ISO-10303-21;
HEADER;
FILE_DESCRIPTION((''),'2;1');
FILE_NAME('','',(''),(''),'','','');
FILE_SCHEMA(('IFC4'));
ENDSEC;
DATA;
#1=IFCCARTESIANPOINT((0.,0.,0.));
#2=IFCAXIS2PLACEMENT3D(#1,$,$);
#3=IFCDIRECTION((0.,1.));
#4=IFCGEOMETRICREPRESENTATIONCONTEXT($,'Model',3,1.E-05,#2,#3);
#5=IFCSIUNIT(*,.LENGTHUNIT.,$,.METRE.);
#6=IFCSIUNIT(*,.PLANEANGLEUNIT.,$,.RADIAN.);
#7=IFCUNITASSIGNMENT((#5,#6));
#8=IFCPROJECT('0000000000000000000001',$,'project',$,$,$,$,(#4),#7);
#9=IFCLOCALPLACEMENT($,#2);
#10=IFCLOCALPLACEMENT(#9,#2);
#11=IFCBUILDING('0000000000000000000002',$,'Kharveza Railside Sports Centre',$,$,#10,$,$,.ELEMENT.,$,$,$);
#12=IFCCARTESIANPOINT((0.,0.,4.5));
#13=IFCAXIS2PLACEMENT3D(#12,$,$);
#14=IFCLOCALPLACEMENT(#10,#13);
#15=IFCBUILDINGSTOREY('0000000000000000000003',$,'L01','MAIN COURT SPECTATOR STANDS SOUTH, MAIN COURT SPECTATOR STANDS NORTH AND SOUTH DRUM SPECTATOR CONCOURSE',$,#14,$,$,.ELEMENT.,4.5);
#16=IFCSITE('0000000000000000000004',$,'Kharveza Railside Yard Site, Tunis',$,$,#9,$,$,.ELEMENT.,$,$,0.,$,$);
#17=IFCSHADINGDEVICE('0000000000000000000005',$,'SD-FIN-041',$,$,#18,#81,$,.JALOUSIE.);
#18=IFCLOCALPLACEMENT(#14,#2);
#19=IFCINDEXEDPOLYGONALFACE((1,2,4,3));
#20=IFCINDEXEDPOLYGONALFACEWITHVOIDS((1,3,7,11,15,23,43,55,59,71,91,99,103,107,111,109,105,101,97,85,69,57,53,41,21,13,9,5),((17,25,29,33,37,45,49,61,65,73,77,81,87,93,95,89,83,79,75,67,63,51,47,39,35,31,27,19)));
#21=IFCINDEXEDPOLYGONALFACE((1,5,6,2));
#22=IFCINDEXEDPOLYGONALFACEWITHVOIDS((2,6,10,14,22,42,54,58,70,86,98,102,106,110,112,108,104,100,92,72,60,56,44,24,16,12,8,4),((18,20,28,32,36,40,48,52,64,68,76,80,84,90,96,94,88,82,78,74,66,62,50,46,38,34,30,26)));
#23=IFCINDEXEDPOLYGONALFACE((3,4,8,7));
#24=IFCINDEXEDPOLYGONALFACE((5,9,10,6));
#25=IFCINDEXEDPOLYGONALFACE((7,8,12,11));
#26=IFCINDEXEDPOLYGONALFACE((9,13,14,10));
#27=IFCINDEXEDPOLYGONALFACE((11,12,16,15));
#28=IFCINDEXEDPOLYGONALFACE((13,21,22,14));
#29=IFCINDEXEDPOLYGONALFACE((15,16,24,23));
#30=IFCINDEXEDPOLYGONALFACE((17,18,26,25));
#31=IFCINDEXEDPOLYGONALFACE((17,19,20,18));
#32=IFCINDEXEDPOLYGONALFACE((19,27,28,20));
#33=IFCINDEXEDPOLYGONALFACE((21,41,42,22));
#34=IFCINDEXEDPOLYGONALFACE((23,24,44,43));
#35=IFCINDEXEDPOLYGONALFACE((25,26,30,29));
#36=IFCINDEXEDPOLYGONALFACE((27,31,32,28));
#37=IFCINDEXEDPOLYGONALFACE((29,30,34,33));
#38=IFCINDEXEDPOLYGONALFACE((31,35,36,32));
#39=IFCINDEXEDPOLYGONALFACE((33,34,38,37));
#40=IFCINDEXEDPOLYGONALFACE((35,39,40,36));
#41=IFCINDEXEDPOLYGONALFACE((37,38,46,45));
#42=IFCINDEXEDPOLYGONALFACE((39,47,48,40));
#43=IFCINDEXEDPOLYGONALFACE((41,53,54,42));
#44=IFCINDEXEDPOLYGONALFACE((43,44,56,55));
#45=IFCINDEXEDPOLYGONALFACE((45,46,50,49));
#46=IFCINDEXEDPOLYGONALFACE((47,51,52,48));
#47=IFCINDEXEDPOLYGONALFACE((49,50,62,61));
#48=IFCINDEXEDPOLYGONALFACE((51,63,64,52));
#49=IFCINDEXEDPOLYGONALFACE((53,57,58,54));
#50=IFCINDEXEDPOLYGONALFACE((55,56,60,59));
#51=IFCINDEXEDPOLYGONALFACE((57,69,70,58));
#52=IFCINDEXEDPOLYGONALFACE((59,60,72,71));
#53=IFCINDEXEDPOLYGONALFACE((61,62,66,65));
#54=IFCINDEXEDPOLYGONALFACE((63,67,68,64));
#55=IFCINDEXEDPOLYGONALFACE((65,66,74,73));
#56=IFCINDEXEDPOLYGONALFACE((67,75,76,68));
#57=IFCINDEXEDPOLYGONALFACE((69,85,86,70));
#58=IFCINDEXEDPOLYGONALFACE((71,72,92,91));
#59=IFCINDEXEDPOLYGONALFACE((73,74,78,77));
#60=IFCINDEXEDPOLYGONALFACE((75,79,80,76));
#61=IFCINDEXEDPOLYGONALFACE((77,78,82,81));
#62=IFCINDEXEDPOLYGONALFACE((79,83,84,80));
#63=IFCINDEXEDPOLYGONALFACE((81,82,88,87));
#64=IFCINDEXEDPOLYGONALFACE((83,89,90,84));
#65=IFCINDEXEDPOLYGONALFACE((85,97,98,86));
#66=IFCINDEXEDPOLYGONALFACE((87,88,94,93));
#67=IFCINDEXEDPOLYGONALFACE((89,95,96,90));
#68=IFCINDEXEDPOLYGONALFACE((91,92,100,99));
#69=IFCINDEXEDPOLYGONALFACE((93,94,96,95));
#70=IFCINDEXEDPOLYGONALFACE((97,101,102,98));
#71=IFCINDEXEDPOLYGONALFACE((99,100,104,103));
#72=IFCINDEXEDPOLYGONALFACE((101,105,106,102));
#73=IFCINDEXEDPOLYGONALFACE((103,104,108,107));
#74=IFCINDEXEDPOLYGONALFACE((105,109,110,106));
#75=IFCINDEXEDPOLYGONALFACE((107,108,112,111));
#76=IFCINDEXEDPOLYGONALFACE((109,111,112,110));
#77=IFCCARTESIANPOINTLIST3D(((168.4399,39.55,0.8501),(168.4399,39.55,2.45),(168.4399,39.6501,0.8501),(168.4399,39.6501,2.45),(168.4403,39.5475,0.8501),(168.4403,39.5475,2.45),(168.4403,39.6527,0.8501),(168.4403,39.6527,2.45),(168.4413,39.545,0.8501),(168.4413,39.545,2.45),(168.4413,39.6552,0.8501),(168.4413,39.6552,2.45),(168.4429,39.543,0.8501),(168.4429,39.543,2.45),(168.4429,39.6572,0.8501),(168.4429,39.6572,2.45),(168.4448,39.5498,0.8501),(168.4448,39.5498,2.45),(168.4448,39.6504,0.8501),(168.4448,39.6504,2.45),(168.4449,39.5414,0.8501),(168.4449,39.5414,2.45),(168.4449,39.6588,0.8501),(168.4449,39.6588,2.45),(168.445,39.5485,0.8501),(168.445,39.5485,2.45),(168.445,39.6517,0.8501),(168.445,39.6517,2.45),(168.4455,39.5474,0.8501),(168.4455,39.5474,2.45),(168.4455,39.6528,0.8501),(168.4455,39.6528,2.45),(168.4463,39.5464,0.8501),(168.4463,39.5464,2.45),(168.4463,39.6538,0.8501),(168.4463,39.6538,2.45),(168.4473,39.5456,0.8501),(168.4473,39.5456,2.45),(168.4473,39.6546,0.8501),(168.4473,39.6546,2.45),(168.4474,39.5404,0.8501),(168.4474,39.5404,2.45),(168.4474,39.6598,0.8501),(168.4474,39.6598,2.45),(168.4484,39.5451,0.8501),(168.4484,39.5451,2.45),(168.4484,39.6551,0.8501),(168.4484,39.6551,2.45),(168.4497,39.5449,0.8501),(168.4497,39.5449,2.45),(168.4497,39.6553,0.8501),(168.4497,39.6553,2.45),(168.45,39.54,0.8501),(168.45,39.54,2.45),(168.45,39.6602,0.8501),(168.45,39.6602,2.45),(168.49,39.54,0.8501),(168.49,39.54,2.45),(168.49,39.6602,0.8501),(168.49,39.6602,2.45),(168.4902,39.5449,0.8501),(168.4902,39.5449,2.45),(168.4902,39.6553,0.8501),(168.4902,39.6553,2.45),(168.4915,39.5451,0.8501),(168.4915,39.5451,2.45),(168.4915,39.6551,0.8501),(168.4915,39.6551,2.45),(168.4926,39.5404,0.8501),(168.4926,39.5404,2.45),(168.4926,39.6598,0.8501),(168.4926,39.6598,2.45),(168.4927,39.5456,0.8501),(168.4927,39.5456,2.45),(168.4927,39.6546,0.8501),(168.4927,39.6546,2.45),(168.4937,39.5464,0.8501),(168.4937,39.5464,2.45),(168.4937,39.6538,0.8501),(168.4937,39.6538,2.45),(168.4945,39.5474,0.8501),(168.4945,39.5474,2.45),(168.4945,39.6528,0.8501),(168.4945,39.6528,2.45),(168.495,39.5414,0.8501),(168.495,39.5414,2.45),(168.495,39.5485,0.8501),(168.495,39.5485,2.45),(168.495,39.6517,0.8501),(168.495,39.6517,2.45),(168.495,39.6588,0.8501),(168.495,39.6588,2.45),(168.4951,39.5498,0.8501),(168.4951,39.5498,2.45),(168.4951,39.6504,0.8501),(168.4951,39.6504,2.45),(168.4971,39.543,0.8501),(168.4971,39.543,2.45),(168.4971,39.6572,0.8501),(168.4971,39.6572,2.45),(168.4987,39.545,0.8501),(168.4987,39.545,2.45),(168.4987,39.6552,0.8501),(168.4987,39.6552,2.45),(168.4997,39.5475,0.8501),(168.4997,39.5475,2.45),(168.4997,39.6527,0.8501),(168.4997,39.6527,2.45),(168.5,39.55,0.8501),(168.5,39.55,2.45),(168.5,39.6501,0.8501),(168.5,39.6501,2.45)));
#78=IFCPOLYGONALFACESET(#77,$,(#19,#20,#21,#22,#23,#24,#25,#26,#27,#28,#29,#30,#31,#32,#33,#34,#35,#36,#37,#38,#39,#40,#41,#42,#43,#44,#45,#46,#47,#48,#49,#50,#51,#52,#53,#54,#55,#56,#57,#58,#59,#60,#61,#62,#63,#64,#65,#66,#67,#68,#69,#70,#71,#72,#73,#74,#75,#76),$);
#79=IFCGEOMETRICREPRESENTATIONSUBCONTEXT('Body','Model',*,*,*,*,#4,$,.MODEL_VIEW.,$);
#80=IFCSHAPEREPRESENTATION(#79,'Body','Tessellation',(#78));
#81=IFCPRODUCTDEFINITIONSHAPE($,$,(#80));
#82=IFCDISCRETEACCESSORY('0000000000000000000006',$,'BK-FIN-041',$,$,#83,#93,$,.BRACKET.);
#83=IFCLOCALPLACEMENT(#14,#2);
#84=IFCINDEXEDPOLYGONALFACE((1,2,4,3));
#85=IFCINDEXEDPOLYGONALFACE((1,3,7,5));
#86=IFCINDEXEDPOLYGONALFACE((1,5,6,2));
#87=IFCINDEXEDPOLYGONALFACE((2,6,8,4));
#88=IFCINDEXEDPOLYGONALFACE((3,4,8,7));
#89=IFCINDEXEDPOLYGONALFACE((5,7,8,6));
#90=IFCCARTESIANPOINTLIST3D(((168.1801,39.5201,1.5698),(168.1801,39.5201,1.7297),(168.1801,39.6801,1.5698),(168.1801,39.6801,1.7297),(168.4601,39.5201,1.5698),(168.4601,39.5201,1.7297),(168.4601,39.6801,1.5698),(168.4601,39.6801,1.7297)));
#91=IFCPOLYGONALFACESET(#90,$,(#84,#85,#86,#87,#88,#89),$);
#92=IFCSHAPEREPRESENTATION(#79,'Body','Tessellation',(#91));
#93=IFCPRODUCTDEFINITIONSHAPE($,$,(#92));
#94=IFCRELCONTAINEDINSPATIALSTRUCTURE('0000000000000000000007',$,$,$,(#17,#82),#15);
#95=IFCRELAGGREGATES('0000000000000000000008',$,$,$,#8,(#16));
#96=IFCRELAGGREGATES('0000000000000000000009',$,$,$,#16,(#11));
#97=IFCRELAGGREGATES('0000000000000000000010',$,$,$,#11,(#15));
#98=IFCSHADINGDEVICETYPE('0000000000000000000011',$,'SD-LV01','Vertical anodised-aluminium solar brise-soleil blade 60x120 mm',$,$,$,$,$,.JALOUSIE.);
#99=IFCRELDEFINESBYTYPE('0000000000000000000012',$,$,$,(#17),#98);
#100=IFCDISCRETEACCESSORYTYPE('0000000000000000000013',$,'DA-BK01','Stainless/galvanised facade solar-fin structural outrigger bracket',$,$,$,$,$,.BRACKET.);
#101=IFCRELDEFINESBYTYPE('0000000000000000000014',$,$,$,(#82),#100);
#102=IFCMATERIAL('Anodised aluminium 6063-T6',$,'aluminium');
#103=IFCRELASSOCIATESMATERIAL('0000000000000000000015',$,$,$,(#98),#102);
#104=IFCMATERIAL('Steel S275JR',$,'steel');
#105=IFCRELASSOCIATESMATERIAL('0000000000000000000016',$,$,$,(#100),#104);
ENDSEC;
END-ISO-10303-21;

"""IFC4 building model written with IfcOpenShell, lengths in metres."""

from ifc_helpers import new_model, si_unit, direction, frame, origin, origin_2d, place, context, subcontext, project, spatial, rectangle, hollow_rectangle, extrude, material, material_profile, profile_set, type_object, element, save


model = new_model("IFC4")

# Units and contexts
model_context = context("Model", 3, precision=1e-05, world=origin(), true_north=direction((0.0, 1.0)))
body_context = subcontext(model_context, "Body", "Model", "MODEL_VIEW")
ifc_project = project(units=[si_unit("LENGTHUNIT", "METRE"), si_unit("PLANEANGLEUNIT", "RADIAN")], contexts=[model_context])

# Site, building, storey
site_placement = place(None, origin())
site = spatial("IfcSite", under=ifc_project, at=site_placement, Name="Kharveza Railside Yard Site, Tunis", CompositionType="ELEMENT", RefElevation=0.0)
building_placement = place(site_placement, origin())
building = spatial("IfcBuilding", under=site, at=building_placement, Name="Kharveza Railside Sports Centre", CompositionType="ELEMENT")
storey_placement = place(building_placement, frame((0.0, 0.0, 4.5)))
storey = spatial("IfcBuildingStorey", under=building, at=storey_placement, Name="L01", Description="MAIN COURT SPECTATOR STANDS SOUTH, MAIN COURT SPECTATOR STANDS NORTH AND SOUTH DRUM SPECTATOR CONCOURSE", CompositionType="ELEMENT", Elevation=4.5)

# Shading device
ifc_material_1 = material(Name="Anodised aluminium 6063-T6", Category="aluminium")
ifc_material_profile_1 = material_profile(ifc_material_1, hollow_rectangle(XDim=0.0601, YDim=0.1201, WallThickness=0.0049, InnerFilletRadius=0.0049, OuterFilletRadius=0.01, at=origin_2d()), Name="RHS 60x120x5.0")
ifc_profile_set_1 = profile_set([ifc_material_profile_1], Name="Anodised aluminium 6063-T6")
shading_device_type = type_object("IfcShadingDeviceType", Name="SD-LV01", Description="Vertical anodised-aluminium solar brise-soleil blade 60x120 mm", PredefinedType="JALOUSIE", material=ifc_profile_set_1)
shading_device_placement = place(storey_placement, frame((168.47, 39.6001, 0.8501), z_axis=(0.0, 0.0, 1.0), x_axis=(1.0, 0.0, 0.0)))
element("IfcShadingDevice", 1, at=shading_device_placement, inside=storey, type_object=shading_device_type, Name="SD-FIN-041", PredefinedType="JALOUSIE", context=body_context, shape_type="SweptSolid", body=[
    extrude(hollow_rectangle(XDim=0.0601, YDim=0.1201, WallThickness=0.0049, InnerFilletRadius=0.0049, OuterFilletRadius=0.01, at=origin_2d()), origin(), (0.0, 0.0, 1.0), 1.5999),
])

# Discrete accessory
ifc_material_2 = material(Name="Steel S275JR", Category="steel")
discrete_accessory_type = type_object("IfcDiscreteAccessoryType", Name="DA-BK01", Description="Stainless/galvanised facade solar-fin structural outrigger bracket", PredefinedType="BRACKET", material=ifc_material_2)
discrete_accessory_placement = place(storey_placement, frame((168.3201, 39.6001, 1.5698), z_axis=(0.0, 0.0, 1.0), x_axis=(1.0, 0.0, 0.0)))
element("IfcDiscreteAccessory", 2, at=discrete_accessory_placement, inside=storey, type_object=discrete_accessory_type, Name="BK-FIN-041", PredefinedType="BRACKET", context=body_context, shape_type="SweptSolid", body=[
    extrude(rectangle(XDim=0.28, YDim=0.1599, at=origin_2d()), origin(), (0.0, 0.0, 1.0), 0.1599),
])

save(model, "model.ifc")
